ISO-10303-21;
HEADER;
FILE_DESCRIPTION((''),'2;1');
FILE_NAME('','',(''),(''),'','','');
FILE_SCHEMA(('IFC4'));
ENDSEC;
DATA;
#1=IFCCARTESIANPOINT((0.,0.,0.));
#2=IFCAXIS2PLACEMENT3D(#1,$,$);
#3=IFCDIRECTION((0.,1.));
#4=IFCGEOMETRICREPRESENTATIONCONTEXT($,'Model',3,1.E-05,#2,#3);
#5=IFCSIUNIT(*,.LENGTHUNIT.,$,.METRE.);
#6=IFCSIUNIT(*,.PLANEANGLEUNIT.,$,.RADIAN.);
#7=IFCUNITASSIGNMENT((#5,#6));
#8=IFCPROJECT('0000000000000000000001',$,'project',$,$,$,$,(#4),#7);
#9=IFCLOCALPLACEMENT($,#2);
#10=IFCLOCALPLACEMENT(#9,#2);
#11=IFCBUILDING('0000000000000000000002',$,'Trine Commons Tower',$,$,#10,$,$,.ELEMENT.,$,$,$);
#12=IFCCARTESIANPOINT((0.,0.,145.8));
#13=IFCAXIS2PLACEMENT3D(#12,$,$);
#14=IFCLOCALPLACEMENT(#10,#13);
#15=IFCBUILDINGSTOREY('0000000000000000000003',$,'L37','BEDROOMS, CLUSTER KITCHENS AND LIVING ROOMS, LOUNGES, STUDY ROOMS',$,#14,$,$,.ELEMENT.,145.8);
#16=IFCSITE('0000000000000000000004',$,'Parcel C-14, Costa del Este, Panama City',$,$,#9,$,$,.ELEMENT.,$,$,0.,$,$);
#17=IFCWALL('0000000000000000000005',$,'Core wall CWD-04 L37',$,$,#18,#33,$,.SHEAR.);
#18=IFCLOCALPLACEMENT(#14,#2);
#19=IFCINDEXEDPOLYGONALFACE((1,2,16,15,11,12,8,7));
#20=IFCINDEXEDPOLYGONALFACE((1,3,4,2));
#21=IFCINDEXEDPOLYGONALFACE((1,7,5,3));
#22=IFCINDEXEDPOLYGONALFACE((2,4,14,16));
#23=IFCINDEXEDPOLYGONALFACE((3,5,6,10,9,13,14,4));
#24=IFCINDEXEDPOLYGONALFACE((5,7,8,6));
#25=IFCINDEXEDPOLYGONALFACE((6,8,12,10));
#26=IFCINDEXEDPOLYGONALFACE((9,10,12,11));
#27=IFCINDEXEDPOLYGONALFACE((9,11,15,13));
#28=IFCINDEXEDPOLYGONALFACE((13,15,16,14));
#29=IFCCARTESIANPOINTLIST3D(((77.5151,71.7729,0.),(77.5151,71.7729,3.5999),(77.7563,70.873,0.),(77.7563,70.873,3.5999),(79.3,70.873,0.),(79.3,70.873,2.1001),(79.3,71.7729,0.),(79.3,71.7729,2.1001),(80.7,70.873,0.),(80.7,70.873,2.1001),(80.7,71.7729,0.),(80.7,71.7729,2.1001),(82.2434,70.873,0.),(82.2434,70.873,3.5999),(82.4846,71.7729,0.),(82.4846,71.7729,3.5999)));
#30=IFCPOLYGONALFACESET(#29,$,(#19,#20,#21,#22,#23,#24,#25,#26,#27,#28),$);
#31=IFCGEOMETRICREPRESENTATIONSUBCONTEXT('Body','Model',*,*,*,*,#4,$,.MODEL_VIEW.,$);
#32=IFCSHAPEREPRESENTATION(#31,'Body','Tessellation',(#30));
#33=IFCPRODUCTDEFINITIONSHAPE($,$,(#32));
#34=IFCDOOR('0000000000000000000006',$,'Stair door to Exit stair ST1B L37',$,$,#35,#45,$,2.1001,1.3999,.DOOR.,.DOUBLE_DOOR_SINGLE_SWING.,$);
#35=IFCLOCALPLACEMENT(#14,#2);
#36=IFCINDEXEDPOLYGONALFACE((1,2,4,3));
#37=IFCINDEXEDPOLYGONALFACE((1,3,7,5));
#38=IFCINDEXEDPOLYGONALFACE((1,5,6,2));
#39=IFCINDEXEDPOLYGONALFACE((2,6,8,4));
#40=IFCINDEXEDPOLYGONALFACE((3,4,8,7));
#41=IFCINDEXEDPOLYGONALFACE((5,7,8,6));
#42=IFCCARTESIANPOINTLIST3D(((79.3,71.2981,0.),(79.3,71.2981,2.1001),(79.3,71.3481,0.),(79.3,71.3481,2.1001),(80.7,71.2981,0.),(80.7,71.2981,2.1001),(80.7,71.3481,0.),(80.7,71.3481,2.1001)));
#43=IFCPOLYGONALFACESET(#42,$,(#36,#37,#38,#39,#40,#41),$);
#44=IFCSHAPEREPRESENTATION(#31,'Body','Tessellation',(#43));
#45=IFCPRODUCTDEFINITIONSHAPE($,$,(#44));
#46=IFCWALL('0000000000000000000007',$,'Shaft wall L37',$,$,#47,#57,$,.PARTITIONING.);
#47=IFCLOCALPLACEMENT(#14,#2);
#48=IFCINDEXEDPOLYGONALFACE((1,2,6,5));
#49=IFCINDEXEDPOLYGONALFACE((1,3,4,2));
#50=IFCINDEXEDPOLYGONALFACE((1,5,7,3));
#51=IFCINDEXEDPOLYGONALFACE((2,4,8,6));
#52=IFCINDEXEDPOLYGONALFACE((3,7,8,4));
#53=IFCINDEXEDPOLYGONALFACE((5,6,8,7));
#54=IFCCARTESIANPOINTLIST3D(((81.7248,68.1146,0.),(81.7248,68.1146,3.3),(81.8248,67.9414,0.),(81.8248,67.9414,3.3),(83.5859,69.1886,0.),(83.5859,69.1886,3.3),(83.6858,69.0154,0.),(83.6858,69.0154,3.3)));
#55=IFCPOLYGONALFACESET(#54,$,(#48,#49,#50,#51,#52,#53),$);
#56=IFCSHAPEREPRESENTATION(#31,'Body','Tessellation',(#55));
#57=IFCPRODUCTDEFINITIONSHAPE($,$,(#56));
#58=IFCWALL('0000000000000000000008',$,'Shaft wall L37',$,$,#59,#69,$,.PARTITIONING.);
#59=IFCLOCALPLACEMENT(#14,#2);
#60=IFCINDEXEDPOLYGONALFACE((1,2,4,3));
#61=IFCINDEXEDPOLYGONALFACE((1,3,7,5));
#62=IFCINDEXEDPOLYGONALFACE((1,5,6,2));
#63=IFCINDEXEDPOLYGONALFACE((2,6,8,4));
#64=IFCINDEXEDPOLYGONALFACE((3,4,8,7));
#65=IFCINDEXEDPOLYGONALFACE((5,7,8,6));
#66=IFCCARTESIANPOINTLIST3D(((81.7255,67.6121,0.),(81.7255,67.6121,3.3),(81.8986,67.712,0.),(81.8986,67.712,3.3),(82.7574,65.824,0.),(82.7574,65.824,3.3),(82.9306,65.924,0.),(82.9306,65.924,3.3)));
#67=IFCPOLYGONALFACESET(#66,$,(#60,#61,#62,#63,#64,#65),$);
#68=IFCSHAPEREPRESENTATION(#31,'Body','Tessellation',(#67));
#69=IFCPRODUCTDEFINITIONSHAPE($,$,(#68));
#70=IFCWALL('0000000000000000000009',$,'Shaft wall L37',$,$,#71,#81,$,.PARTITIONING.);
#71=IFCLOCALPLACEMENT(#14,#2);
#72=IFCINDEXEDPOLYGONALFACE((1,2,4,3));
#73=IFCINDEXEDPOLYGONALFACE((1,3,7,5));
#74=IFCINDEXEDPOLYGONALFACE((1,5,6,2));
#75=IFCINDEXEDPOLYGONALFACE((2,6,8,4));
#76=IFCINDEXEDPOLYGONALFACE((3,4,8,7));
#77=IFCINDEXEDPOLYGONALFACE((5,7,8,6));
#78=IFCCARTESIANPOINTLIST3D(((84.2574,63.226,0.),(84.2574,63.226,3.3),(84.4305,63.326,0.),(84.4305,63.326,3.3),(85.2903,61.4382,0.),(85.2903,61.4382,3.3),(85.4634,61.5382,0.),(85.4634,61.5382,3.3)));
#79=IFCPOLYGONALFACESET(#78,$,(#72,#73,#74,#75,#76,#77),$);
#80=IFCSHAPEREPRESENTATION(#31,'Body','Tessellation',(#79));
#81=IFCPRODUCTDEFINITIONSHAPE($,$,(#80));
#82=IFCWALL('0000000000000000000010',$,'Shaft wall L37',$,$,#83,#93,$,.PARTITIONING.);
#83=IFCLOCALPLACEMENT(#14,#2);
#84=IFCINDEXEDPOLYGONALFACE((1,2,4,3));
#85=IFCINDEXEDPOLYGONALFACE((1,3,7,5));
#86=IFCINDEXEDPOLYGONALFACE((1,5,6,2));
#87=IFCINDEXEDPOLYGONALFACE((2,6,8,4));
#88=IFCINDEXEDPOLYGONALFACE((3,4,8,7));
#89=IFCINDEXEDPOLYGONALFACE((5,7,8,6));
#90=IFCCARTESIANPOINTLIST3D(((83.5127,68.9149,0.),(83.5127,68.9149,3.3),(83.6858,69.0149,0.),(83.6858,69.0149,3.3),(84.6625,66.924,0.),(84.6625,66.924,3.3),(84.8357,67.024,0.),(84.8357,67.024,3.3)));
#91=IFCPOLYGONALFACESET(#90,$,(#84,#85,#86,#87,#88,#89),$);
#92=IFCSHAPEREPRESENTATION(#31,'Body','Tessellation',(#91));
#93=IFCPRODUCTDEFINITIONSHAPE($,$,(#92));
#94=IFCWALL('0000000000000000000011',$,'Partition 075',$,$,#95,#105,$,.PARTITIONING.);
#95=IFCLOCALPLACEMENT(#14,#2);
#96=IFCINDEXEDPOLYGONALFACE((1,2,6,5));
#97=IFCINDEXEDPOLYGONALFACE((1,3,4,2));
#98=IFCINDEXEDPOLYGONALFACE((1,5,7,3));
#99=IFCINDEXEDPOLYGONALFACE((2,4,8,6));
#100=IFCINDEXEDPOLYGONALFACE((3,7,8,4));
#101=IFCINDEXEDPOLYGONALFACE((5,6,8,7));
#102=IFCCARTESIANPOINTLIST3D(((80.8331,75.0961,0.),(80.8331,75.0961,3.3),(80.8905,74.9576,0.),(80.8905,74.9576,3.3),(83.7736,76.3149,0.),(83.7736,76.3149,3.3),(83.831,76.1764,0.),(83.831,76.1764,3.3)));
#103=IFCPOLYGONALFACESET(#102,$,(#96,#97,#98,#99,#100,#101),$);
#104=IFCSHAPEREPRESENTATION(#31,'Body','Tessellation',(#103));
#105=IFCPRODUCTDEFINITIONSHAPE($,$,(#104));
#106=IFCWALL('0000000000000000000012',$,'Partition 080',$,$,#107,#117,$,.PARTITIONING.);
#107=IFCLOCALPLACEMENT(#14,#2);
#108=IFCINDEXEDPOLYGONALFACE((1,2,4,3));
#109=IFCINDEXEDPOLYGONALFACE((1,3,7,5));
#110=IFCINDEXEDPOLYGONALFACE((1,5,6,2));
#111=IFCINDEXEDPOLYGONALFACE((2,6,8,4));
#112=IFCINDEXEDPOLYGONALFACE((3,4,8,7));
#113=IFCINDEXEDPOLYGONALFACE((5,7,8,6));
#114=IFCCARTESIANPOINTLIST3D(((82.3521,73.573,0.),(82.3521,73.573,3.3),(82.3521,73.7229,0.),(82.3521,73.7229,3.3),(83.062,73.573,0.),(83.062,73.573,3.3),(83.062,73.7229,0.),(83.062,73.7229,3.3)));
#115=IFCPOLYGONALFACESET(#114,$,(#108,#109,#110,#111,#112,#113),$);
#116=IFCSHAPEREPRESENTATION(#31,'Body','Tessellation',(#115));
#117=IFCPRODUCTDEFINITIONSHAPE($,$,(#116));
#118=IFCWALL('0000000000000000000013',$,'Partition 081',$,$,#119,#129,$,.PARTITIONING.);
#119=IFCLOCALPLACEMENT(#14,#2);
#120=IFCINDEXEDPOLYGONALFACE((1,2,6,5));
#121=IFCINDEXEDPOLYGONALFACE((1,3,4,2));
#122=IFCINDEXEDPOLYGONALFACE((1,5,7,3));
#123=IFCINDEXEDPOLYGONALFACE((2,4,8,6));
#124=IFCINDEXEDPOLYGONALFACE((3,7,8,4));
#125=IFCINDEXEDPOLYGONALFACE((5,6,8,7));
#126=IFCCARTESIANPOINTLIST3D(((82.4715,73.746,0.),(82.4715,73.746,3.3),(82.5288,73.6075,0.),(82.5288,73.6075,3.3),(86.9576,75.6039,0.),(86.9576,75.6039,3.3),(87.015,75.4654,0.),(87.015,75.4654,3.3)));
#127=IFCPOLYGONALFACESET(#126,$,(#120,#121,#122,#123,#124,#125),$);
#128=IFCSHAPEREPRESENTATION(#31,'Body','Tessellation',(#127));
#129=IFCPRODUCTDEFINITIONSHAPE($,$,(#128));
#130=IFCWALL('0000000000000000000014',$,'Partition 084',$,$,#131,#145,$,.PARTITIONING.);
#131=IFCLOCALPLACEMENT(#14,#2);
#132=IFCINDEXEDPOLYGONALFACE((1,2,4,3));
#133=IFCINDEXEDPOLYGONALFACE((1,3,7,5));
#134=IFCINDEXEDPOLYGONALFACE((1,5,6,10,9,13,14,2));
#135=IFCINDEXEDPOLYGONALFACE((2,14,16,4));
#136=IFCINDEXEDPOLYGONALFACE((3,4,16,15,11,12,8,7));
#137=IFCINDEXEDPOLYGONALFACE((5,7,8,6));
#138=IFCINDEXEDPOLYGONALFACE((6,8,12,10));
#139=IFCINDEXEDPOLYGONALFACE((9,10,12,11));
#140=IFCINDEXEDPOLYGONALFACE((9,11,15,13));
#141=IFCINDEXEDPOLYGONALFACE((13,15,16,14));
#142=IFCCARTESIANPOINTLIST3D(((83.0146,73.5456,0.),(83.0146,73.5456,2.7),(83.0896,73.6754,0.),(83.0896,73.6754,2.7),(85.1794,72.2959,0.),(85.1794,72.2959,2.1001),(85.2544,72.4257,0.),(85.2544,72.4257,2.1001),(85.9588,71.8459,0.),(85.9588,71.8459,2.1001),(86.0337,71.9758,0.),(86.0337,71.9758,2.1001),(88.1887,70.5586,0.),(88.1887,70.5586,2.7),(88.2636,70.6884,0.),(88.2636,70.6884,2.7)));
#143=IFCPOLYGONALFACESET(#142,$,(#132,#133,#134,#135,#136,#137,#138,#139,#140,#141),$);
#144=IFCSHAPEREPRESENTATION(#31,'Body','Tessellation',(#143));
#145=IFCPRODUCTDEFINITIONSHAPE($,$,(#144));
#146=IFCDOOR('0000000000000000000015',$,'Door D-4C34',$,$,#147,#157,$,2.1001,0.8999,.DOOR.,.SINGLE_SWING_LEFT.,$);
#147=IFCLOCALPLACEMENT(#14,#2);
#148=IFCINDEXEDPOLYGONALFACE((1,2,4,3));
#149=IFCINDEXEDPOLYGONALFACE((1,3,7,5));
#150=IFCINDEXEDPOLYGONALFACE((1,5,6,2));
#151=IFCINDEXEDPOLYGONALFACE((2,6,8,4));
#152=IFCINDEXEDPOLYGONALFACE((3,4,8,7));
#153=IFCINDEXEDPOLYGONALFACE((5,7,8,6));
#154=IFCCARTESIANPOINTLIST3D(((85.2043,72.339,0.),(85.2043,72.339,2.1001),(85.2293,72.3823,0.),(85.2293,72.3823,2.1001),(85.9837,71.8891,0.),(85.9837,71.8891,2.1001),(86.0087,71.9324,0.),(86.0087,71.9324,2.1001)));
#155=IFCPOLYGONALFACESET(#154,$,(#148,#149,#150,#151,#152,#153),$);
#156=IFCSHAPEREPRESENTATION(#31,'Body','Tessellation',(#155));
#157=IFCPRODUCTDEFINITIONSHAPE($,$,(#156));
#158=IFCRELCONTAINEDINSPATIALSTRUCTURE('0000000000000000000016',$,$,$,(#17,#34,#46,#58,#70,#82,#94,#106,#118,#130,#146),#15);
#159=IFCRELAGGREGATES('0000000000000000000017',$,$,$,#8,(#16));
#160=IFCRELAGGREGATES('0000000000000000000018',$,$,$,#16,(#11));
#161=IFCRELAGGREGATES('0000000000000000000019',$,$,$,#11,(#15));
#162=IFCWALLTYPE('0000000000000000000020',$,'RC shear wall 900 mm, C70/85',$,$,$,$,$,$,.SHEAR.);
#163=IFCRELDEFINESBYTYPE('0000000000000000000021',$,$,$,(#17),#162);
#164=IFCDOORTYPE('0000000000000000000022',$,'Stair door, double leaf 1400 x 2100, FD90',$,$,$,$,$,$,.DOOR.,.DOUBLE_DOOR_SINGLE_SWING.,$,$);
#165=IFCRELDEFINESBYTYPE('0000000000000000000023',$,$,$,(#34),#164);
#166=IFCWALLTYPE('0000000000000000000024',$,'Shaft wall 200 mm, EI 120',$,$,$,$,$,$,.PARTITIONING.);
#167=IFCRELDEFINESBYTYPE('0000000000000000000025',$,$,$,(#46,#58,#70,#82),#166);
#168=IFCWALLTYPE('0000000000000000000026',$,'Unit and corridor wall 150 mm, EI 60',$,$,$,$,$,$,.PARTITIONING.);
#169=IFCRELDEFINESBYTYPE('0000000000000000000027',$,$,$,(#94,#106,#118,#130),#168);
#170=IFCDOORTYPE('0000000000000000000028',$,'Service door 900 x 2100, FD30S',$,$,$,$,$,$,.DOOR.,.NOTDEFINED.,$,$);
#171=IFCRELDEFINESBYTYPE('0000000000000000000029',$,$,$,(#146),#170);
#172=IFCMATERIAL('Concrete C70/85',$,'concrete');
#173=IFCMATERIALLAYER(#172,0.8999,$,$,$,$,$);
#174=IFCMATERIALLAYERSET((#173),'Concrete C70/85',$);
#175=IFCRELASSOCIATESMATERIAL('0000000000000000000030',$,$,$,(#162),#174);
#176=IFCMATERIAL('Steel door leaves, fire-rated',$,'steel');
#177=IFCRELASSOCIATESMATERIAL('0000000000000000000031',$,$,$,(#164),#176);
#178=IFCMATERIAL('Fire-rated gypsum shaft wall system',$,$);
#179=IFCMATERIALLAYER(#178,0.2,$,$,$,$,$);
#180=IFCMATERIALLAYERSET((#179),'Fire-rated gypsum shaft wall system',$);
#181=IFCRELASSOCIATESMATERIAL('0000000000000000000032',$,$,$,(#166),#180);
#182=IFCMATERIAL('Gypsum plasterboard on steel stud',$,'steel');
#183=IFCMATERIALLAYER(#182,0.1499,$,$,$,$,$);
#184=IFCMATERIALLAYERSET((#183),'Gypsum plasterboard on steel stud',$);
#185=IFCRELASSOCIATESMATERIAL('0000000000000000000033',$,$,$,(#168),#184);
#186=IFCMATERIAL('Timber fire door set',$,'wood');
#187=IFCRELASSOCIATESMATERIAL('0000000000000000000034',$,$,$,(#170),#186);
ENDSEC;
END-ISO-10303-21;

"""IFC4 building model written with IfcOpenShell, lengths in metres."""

from ifc_helpers import new_model, si_unit, direction, frame, frame_2d, origin, place, context, subcontext, project, spatial, polyline, rectangle, outline, extrude, material, layer, layer_set, type_object, element, fill, save


model = new_model("IFC4")

# Units and contexts
model_context = context("Model", 3, precision=1e-05, world=origin(), true_north=direction((0.0, 1.0)))
body_context = subcontext(model_context, "Body", "Model", "MODEL_VIEW")
ifc_project = project(units=[si_unit("LENGTHUNIT", "METRE"), si_unit("PLANEANGLEUNIT", "RADIAN")], contexts=[model_context])

# Site, building, storey
site_placement = place(None, origin())
site = spatial("IfcSite", under=ifc_project, at=site_placement, Name="Parcel C-14, Costa del Este, Panama City", CompositionType="ELEMENT", RefElevation=0.0)
building_placement = place(site_placement, origin())
building = spatial("IfcBuilding", under=site, at=building_placement, Name="Trine Commons Tower", CompositionType="ELEMENT")
storey_placement = place(building_placement, frame((0.0, 0.0, 145.8)))
storey = spatial("IfcBuildingStorey", under=building, at=storey_placement, Name="L37", Description="BEDROOMS, CLUSTER KITCHENS AND LIVING ROOMS, LOUNGES, STUDY ROOMS", CompositionType="ELEMENT", Elevation=145.8)

# Shared definitions
ifc_material_1 = material(Name="Fire-rated gypsum shaft wall system")
ifc_material_2 = material(Name="Concrete C70/85", Category="concrete")

# Wall, opening, door
ifc_layer_1 = layer(ifc_material_2, 0.8999)
ifc_layer_set_1 = layer_set([ifc_layer_1], Name="Concrete C70/85")
wall_type_1 = type_object("IfcWallType", Name="RC shear wall 900 mm, C70/85", PredefinedType="SHEAR", material=ifc_layer_set_1)
wall_1_placement = place(storey_placement, frame((82.4846, 71.323, 0.0), z_axis=(0.0, 0.0, 1.0), x_axis=(-1.0, 0.0, 0.0)))
wall_1 = element("IfcWall", 1, at=wall_1_placement, inside=storey, type_object=wall_type_1, Name="Core wall CWD-04 L37", PredefinedType="SHEAR", context=body_context, shape_type="SweptSolid", body=[
    extrude(outline(polyline([(0.0, -0.45), (4.9695, -0.45), (4.7283, 0.45), (0.2412, 0.45), (0.0, -0.45)])), origin(), (0.0, 0.0, 1.0), 3.5999),
])
opening_1_placement = place(wall_1_placement, frame((1.7847, 0.0, 0.0)))
opening_1 = element("IfcOpeningElement", 2, at=opening_1_placement, cuts=wall_1, PredefinedType="OPENING", context=body_context, shape_type="SweptSolid", body=[
    extrude(rectangle(XDim=1.3999, YDim=2.1001, at=frame_2d((0.7, 1.05))), frame((0.0, 0.46, 0.0), z_axis=(0.0, -1.0, 0.0), x_axis=(1.0, 0.0, 0.0)), (0.0, 0.0, 1.0), 0.9199),
])
ifc_material_3 = material(Name="Steel door leaves, fire-rated", Category="steel")
door_type_1 = type_object("IfcDoorType", Name="Stair door, double leaf 1400 x 2100, FD90", OperationType="DOUBLE_DOOR_SINGLE_SWING", PredefinedType="DOOR", material=ifc_material_3)
door_1_placement = place(opening_1_placement, origin())
door_1 = element("IfcDoor", 3, at=door_1_placement, inside=storey, type_object=door_type_1, Name="Stair door to Exit stair ST1B L37", OperationType="DOUBLE_DOOR_SINGLE_SWING", OverallHeight=2.1001, OverallWidth=1.3999, PredefinedType="DOOR", context=body_context, shape_type="SweptSolid", body=[
    extrude(rectangle(XDim=1.3999, YDim=2.1001, at=frame_2d((0.7, 1.05))), frame((0.0, 0.0249, 0.0), z_axis=(0.0, -1.0, 0.0), x_axis=(1.0, 0.0, 0.0)), (0.0, 0.0, 1.0), 0.05),
])
fill(opening_1, door_1)

# Walls
ifc_layer_2 = layer(ifc_material_1, 0.2)
ifc_layer_set_2 = layer_set([ifc_layer_2], Name="Fire-rated gypsum shaft wall system")
wall_type_2 = type_object("IfcWallType", Name="Shaft wall 200 mm, EI 120", PredefinedType="PARTITIONING", material=ifc_layer_set_2)
wall_2_placement = place(storey_placement, frame((81.7749, 68.0281, 0.0), z_axis=(0.0, 0.0, 1.0), x_axis=(0.866131, 0.499818, 0.0)))
element("IfcWall", 4, at=wall_2_placement, inside=storey, type_object=wall_type_2, Name="Shaft wall L37", PredefinedType="PARTITIONING", context=body_context, shape_type="SweptSolid", body=[
    extrude(rectangle(XDim=2.1487, YDim=0.2, at=frame_2d((1.0742, 0.0))), origin(), (0.0, 0.0, 1.0), 3.3),
])
wall_3_placement = place(storey_placement, frame((82.844, 65.874, 0.0), z_axis=(0.0, 0.0, 1.0), x_axis=(-0.499866, 0.866103, 0.0)))
element("IfcWall", 5, at=wall_3_placement, inside=storey, type_object=wall_type_2, Name="Shaft wall L37", PredefinedType="PARTITIONING", context=body_context, shape_type="SweptSolid", body=[
    extrude(rectangle(XDim=2.0645, YDim=0.2, at=frame_2d((1.0322, 0.0))), origin(), (0.0, 0.0, 1.0), 3.3),
])
wall_4_placement = place(storey_placement, frame((84.344, 63.2759, 0.0), z_axis=(0.0, 0.0, 1.0), x_axis=(0.500272, -0.865868, 0.0)))
element("IfcWall", 6, at=wall_4_placement, inside=storey, type_object=wall_type_2, Name="Shaft wall L37", PredefinedType="PARTITIONING", context=body_context, shape_type="SweptSolid", body=[
    extrude(rectangle(XDim=2.0647, YDim=0.2, at=frame_2d((1.0322, 0.0))), origin(), (0.0, 0.0, 1.0), 3.3),
])
wall_5_placement = place(storey_placement, frame((84.749, 66.9741, 0.0), z_axis=(0.0, 0.0, 1.0), x_axis=(-0.500136, 0.865947, 0.0)))
element("IfcWall", 7, at=wall_5_placement, inside=storey, type_object=wall_type_2, Name="Shaft wall L37", PredefinedType="PARTITIONING", context=body_context, shape_type="SweptSolid", body=[
    extrude(rectangle(XDim=2.2991, YDim=0.2, at=frame_2d((1.1494, 0.0))), origin(), (0.0, 0.0, 1.0), 3.3),
])
ifc_material_4 = material(Name="Gypsum plasterboard on steel stud", Category="steel")
ifc_layer_3 = layer(ifc_material_4, 0.1499)
ifc_layer_set_3 = layer_set([ifc_layer_3], Name="Gypsum plasterboard on steel stud")
wall_type_3 = type_object("IfcWallType", Name="Unit and corridor wall 150 mm, EI 60", PredefinedType="PARTITIONING", material=ifc_layer_set_3)
wall_6_placement = place(storey_placement, frame((80.8618, 75.0269, 0.0), z_axis=(0.0, 0.0, 1.0), x_axis=(0.923792, 0.382894, 0.0)))
element("IfcWall", 8, at=wall_6_placement, inside=storey, type_object=wall_type_3, Name="Partition 075", PredefinedType="PARTITIONING", context=body_context, shape_type="SweptSolid", body=[
    extrude(rectangle(XDim=3.1831, YDim=0.1499, at=frame_2d((1.5916, 0.0))), origin(), (0.0, 0.0, 1.0), 3.3),
])
wall_7_placement = place(storey_placement, frame((82.3521, 73.6479, 0.0), z_axis=(0.0, 0.0, 1.0), x_axis=(1.0, 0.0, 0.0)))
element("IfcWall", 9, at=wall_7_placement, inside=storey, type_object=wall_type_3, Name="Partition 080", PredefinedType="PARTITIONING", context=body_context, shape_type="SweptSolid", body=[
    extrude(rectangle(XDim=0.71, YDim=0.1499, at=frame_2d((0.355, 0.0))), origin(), (0.0, 0.0, 1.0), 3.3),
])
wall_8_placement = place(storey_placement, frame((82.5002, 73.6768, 0.0), z_axis=(0.0, 0.0, 1.0), x_axis=(0.9239, 0.382633, 0.0)))
element("IfcWall", 10, at=wall_8_placement, inside=storey, type_object=wall_type_3, Name="Partition 081", PredefinedType="PARTITIONING", context=body_context, shape_type="SweptSolid", body=[
    extrude(rectangle(XDim=4.8557, YDim=0.1499, at=frame_2d((2.4277, 0.0))), origin(), (0.0, 0.0, 1.0), 3.3),
])

# Wall, opening, door
wall_9_placement = place(storey_placement, frame((83.052, 73.6106, 0.0), z_axis=(0.0, 0.0, 1.0), x_axis=(0.866039, -0.499976, 0.0)))
wall_9 = element("IfcWall", 11, at=wall_9_placement, inside=storey, type_object=wall_type_3, Name="Partition 084", PredefinedType="PARTITIONING", context=body_context, shape_type="SweptSolid", body=[
    extrude(rectangle(XDim=5.9744, YDim=0.1499, at=frame_2d((2.9873, 0.0))), origin(), (0.0, 0.0, 1.0), 2.7),
])
opening_2_placement = place(wall_9_placement, frame((2.4998, 0.0, 0.0)))
opening_2 = element("IfcOpeningElement", 12, at=opening_2_placement, cuts=wall_9, PredefinedType="OPENING", context=body_context, shape_type="SweptSolid", body=[
    extrude(rectangle(XDim=0.8999, YDim=2.1001, at=frame_2d((0.45, 1.05))), frame((0.0, 0.085, 0.0), z_axis=(0.0, -1.0, 0.0), x_axis=(1.0, 0.0, 0.0)), (0.0, 0.0, 1.0), 0.1699),
])
ifc_material_5 = material(Name="Timber fire door set", Category="wood")
door_type_2 = type_object("IfcDoorType", Name="Service door 900 x 2100, FD30S", OperationType="NOTDEFINED", PredefinedType="DOOR", material=ifc_material_5)
door_2_placement = place(opening_2_placement, origin())
door_2 = element("IfcDoor", 13, at=door_2_placement, inside=storey, type_object=door_type_2, Name="Door D-4C34", OperationType="SINGLE_SWING_LEFT", OverallHeight=2.1001, OverallWidth=0.8999, PredefinedType="DOOR", context=body_context, shape_type="SweptSolid", body=[
    extrude(rectangle(XDim=0.8999, YDim=2.1001, at=frame_2d((0.45, 1.05))), frame((0.0, 0.0249, 0.0), z_axis=(0.0, -1.0, 0.0), x_axis=(1.0, 0.0, 0.0)), (0.0, 0.0, 1.0), 0.05),
])
fill(opening_2, door_2)

save(model, "model.ifc")
